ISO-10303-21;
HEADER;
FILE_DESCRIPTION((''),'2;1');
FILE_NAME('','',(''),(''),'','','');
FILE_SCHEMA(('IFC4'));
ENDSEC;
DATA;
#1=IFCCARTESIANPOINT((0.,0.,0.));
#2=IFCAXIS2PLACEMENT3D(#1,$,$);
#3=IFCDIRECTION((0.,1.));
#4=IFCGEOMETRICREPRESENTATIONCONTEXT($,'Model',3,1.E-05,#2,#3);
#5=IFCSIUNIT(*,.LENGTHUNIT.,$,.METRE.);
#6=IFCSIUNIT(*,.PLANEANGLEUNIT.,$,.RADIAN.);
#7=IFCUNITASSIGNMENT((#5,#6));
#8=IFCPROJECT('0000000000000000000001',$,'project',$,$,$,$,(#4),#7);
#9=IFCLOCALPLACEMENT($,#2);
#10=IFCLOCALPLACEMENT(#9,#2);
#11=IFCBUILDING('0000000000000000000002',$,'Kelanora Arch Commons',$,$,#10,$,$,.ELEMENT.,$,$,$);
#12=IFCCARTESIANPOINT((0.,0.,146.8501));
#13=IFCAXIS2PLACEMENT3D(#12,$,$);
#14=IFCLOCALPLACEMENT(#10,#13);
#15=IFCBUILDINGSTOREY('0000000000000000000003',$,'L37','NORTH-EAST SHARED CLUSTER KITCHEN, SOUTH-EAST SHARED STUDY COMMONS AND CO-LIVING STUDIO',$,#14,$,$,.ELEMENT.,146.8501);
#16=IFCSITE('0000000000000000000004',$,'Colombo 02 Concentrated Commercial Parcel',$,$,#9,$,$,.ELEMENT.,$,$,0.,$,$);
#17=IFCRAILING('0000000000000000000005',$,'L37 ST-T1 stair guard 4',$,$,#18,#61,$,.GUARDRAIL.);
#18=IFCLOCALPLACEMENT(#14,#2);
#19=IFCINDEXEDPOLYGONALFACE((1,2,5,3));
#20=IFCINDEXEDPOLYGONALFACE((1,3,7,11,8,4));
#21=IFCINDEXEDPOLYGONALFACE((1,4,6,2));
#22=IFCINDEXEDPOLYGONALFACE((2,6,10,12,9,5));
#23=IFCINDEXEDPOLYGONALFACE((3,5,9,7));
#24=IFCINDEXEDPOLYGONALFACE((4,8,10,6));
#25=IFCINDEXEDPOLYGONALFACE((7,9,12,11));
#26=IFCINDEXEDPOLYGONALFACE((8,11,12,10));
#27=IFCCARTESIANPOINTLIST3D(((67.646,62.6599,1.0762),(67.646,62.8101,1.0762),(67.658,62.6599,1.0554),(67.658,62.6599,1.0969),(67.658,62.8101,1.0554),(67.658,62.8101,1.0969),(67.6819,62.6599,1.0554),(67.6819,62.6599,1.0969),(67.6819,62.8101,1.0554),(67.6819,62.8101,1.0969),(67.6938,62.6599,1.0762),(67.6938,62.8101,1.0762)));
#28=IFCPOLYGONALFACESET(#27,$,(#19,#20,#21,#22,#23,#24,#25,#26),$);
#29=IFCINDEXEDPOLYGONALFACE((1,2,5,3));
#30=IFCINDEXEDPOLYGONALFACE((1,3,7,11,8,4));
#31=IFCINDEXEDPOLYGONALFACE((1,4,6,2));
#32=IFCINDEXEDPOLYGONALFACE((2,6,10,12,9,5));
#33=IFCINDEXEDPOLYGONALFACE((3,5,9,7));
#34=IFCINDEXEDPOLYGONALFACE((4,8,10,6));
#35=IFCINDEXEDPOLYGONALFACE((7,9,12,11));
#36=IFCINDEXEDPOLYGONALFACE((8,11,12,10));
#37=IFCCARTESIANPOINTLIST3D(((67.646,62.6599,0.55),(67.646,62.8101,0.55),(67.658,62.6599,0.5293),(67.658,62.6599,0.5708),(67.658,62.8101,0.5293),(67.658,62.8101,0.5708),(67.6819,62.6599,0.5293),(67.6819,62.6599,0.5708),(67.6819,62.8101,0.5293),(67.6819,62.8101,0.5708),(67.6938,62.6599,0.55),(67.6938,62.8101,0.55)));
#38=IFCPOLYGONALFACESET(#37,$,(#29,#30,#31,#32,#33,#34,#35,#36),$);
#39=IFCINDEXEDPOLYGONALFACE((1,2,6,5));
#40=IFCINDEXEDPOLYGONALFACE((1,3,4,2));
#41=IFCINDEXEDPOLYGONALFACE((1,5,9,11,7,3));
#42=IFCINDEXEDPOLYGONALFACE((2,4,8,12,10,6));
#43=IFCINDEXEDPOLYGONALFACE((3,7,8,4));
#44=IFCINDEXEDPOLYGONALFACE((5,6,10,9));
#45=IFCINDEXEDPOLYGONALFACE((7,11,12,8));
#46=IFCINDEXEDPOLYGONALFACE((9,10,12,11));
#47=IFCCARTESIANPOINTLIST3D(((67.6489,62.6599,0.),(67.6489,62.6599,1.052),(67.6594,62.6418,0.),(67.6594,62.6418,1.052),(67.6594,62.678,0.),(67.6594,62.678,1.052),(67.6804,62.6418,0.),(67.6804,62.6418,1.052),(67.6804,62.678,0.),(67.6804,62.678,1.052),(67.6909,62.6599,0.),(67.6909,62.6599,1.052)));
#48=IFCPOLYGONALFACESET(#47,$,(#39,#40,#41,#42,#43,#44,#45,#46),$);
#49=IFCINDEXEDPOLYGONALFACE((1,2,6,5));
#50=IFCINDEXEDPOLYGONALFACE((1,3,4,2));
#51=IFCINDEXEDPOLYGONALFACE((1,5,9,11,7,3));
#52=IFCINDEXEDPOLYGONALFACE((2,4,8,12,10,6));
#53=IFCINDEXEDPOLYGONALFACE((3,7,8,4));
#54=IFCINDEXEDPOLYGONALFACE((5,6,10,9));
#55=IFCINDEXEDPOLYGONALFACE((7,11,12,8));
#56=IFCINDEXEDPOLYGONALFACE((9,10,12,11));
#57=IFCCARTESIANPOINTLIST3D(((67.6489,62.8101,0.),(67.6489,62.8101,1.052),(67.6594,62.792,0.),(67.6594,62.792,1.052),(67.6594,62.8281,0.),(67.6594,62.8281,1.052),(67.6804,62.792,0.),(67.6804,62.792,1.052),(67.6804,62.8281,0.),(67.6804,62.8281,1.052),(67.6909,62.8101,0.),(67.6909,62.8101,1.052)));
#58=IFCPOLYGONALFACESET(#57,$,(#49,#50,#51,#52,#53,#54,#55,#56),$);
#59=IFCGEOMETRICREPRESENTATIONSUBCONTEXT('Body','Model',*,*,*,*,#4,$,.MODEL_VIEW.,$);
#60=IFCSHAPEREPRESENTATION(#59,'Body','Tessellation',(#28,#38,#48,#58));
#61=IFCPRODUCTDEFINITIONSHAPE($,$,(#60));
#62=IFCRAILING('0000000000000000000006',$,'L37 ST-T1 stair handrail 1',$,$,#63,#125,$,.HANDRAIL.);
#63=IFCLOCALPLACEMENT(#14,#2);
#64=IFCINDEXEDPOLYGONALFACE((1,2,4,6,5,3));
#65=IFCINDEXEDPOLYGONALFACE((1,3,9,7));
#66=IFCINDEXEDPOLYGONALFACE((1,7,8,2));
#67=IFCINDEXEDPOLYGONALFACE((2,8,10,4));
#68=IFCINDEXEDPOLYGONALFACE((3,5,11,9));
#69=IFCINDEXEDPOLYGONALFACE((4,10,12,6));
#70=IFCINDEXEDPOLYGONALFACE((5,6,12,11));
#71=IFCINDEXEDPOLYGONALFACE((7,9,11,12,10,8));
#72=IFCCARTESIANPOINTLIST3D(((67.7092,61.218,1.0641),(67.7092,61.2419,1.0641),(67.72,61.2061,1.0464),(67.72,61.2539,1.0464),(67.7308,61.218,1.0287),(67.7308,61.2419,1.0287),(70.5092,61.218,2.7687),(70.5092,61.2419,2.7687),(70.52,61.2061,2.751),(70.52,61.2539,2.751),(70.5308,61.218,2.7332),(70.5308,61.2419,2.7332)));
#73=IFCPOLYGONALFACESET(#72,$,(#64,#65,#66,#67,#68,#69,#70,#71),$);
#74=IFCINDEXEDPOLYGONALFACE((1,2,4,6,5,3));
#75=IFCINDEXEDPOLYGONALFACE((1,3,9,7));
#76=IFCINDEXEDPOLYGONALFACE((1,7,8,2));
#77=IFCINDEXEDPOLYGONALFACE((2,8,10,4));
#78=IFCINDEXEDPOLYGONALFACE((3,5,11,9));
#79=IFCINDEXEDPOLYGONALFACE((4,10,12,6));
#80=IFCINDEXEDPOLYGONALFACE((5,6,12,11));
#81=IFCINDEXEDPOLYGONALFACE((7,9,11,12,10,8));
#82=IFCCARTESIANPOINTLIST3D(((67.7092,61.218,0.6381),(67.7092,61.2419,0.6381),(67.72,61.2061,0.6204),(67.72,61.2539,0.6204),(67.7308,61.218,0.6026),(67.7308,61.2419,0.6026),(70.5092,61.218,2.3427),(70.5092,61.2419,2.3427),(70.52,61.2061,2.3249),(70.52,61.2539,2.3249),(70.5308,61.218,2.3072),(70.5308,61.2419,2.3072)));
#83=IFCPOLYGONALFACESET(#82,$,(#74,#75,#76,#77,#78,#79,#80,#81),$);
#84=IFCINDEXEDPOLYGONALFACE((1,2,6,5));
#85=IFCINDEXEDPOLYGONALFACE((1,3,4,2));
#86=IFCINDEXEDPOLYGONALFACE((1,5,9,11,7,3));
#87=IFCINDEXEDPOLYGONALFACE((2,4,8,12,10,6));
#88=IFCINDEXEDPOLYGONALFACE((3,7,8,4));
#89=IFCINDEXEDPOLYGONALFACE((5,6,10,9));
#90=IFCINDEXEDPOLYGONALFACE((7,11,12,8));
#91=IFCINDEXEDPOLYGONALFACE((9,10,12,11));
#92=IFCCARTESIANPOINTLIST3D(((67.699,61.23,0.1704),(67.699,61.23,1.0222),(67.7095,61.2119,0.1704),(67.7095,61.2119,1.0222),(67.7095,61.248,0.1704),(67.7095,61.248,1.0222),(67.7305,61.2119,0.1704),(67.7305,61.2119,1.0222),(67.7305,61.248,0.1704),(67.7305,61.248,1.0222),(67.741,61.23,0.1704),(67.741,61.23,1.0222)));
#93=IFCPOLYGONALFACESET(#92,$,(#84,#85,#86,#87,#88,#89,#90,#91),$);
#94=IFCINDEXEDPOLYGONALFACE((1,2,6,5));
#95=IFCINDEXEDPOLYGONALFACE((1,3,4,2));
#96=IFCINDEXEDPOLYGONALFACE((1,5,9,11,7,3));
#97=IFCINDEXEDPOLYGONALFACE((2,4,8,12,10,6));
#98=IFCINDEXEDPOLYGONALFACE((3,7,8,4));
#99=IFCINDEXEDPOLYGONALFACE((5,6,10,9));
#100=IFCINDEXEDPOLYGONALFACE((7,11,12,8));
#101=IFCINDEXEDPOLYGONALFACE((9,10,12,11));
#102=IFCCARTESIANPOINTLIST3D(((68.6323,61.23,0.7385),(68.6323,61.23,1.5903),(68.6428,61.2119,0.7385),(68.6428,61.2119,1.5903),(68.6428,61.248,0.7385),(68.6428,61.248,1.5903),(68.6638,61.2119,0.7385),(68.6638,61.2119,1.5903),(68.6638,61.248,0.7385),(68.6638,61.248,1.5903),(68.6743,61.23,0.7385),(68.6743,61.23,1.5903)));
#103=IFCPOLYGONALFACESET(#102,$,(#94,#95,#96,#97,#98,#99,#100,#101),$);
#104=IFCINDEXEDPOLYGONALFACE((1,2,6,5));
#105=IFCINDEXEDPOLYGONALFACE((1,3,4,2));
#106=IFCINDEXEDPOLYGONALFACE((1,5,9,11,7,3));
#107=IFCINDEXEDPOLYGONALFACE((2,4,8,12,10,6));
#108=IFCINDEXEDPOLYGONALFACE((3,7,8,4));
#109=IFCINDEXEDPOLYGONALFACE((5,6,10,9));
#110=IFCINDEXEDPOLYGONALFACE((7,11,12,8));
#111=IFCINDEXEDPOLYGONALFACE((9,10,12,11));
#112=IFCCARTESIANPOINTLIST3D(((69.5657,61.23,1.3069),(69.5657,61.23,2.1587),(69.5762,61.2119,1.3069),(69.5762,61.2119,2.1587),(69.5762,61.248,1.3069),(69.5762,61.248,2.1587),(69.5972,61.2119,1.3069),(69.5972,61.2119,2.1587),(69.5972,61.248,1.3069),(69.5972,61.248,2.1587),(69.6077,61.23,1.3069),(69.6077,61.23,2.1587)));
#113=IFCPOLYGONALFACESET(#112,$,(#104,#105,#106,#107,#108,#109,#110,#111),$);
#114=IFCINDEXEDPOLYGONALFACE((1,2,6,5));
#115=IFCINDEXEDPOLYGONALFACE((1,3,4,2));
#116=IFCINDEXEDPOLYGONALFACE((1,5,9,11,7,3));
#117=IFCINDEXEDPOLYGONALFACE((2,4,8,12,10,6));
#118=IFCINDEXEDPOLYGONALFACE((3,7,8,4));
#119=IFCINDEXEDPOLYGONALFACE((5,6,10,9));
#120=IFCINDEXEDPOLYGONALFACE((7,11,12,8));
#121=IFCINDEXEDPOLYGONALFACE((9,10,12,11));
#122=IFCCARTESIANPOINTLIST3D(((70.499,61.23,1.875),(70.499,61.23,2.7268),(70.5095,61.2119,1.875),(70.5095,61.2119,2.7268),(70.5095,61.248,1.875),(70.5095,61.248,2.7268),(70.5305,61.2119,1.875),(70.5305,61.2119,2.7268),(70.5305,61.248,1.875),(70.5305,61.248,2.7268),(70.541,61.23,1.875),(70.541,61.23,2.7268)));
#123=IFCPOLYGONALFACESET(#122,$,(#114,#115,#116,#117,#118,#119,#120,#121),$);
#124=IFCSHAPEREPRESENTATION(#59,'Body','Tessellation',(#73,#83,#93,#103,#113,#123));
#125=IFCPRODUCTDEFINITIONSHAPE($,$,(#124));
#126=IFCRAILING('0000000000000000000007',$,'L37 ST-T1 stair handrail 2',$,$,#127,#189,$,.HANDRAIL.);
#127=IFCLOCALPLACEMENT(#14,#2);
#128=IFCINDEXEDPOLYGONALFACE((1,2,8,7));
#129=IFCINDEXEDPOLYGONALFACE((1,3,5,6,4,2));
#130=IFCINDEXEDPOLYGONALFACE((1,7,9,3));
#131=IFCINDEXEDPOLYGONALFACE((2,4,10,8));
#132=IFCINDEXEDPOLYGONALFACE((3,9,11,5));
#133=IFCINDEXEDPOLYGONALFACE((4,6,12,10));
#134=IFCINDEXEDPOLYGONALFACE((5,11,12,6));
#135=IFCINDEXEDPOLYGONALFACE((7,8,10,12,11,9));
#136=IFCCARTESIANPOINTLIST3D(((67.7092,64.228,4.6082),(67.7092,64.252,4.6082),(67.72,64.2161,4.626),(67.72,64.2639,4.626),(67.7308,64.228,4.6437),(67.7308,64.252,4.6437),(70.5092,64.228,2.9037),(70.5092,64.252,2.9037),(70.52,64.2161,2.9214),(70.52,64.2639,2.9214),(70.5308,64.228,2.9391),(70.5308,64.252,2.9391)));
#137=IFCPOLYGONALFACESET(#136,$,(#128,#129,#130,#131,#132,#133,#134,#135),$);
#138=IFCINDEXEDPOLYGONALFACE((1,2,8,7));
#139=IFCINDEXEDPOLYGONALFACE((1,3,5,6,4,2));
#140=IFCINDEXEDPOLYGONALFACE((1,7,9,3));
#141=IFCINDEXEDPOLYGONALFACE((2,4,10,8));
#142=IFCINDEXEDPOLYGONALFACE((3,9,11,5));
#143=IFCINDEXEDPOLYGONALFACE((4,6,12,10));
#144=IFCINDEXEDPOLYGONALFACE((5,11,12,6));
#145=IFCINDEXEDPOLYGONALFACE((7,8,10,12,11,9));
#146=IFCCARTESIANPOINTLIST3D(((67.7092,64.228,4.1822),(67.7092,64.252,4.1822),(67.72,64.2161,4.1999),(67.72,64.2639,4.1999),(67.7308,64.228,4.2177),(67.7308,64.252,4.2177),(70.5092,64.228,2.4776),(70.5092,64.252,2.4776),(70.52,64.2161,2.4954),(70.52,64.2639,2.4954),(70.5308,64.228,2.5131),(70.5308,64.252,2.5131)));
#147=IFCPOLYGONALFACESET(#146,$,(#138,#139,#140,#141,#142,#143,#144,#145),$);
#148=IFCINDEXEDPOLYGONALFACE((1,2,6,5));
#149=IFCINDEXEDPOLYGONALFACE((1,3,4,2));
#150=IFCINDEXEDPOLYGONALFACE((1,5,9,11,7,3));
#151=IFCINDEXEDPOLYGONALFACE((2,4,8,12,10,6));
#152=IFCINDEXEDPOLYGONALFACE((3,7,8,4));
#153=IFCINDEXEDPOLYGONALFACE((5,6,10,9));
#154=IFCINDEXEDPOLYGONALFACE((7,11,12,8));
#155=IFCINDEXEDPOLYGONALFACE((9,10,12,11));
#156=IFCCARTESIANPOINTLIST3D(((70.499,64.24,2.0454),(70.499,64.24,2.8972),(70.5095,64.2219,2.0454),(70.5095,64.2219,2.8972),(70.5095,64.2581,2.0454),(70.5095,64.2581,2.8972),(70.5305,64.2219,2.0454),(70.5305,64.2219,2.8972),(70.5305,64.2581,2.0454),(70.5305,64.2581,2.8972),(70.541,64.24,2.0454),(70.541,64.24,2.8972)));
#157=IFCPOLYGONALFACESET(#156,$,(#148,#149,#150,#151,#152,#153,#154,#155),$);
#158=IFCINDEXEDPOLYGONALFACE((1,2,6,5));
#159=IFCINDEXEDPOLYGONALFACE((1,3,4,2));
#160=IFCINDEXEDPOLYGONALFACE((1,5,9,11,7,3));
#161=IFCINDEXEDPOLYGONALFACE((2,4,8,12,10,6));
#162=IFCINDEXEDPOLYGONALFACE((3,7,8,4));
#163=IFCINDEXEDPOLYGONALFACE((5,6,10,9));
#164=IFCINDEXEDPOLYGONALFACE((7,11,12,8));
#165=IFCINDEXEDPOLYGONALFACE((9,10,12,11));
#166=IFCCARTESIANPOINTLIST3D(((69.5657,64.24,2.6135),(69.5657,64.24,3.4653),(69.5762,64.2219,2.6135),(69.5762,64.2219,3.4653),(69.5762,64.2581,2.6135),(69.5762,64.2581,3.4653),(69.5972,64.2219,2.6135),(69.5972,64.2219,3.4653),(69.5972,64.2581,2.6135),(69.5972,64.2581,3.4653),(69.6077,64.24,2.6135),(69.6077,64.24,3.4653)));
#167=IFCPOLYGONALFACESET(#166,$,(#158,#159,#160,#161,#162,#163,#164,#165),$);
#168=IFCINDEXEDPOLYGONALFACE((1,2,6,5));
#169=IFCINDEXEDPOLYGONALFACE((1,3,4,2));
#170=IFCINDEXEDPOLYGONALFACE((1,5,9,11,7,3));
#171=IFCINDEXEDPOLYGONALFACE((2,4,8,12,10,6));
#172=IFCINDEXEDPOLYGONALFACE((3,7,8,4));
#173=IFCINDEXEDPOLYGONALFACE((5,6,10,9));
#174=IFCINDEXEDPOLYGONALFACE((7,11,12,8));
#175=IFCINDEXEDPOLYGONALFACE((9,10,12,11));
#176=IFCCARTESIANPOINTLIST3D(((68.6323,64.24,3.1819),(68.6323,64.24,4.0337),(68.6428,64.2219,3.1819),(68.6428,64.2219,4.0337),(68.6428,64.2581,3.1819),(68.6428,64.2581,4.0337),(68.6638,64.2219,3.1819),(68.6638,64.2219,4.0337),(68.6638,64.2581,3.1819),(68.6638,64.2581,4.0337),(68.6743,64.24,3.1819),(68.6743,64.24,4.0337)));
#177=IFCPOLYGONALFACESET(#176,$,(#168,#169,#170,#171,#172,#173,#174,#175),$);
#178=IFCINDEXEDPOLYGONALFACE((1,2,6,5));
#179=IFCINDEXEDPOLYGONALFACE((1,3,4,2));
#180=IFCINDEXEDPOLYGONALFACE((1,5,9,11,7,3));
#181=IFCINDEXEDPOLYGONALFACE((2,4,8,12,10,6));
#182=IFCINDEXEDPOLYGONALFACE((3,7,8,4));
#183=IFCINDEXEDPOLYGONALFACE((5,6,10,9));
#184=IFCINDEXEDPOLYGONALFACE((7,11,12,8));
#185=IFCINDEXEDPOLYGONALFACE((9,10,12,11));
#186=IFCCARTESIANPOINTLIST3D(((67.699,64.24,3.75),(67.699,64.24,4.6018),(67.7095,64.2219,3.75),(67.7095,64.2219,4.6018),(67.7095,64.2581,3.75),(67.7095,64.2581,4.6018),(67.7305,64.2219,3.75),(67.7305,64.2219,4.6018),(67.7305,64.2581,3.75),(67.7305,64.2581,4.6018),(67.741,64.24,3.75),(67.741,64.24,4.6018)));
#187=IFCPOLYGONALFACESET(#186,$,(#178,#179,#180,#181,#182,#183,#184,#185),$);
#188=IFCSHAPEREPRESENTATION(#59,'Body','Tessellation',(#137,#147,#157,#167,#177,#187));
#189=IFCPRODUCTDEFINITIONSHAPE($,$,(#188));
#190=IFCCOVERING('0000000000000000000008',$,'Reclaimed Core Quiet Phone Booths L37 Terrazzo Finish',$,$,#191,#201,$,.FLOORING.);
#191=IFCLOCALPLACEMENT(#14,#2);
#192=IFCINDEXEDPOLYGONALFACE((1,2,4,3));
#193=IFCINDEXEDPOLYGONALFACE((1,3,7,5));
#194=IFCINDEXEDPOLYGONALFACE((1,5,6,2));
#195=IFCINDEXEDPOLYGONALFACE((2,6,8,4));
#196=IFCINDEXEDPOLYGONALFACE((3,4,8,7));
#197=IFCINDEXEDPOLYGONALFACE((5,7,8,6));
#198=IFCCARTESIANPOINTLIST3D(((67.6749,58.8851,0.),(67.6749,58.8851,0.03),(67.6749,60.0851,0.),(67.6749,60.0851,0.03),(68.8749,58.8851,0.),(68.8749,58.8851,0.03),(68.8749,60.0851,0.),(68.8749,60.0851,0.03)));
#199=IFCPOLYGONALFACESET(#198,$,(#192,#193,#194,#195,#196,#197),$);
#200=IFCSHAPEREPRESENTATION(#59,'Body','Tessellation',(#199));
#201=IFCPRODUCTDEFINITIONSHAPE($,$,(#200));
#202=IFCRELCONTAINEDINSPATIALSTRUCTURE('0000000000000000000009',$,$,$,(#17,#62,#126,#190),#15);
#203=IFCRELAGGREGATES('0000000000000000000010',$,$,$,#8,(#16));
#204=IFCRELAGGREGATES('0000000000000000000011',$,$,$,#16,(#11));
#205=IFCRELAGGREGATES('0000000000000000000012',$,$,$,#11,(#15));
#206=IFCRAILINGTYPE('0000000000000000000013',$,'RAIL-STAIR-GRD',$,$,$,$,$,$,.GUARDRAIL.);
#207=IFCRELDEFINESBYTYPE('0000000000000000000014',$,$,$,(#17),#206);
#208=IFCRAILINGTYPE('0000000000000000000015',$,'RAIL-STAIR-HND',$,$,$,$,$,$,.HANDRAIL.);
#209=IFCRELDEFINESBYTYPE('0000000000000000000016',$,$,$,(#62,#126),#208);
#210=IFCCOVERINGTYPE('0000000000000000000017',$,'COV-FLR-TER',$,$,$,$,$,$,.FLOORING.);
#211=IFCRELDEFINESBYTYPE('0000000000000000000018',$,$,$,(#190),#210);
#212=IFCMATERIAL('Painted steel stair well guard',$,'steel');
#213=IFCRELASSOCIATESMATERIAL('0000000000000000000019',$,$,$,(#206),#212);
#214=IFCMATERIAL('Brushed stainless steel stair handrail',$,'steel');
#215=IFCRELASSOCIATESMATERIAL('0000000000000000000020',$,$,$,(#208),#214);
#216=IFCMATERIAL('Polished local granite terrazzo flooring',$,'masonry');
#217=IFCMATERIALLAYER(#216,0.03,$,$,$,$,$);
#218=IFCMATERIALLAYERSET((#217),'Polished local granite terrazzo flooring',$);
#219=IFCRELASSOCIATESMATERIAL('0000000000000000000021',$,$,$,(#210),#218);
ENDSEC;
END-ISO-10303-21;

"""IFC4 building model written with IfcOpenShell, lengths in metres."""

from ifc_helpers import new_model, si_unit, direction, frame, origin, origin_2d, place, context, subcontext, project, spatial, polyline, rectangle, outline, extrude, source, transform, mapped, material, layer, layer_set, type_object, element, save


model = new_model("IFC4")

# Units and contexts
model_context = context("Model", 3, precision=1e-05, world=origin(), true_north=direction((0.0, 1.0)))
body_context = subcontext(model_context, "Body", "Model", "MODEL_VIEW")
ifc_project = project(units=[si_unit("LENGTHUNIT", "METRE"), si_unit("PLANEANGLEUNIT", "RADIAN")], contexts=[model_context])

# Site, building, storey
site_placement = place(None, origin())
site = spatial("IfcSite", under=ifc_project, at=site_placement, Name="Colombo 02 Concentrated Commercial Parcel", CompositionType="ELEMENT", RefElevation=0.0)
building_placement = place(site_placement, origin())
building = spatial("IfcBuilding", under=site, at=building_placement, Name="Kelanora Arch Commons", CompositionType="ELEMENT")
storey_placement = place(building_placement, frame((0.0, 0.0, 146.8501)))
storey = spatial("IfcBuildingStorey", under=building, at=storey_placement, Name="L37", Description="NORTH-EAST SHARED CLUSTER KITCHEN, SOUTH-EAST SHARED STUDY COMMONS AND CO-LIVING STUDIO", CompositionType="ELEMENT", Elevation=146.8501)

# Railings
ifc_material_1 = material(Name="Painted steel stair well guard", Category="steel")
railing_type_1 = type_object("IfcRailingType", Name="RAIL-STAIR-GRD", PredefinedType="GUARDRAIL", material=ifc_material_1)
railing_1_placement = place(storey_placement, frame((67.6699, 62.6599, 0.0)))
element("IfcRailing", 1, at=railing_1_placement, inside=storey, type_object=railing_type_1, Name="L37 ST-T1 stair guard 4", PredefinedType="GUARDRAIL", context=body_context, shape_type="SweptSolid", body=[
    extrude(outline(polyline([(0.0239, 0.0), (0.012, 0.0208), (-0.012, 0.0208), (-0.0239, 0.0), (-0.012, -0.0208), (0.012, -0.0208), (0.0239, 0.0)])), frame((0.0, 0.0, 1.0762), z_axis=(0.0, 1.0, 0.0), x_axis=(-1.0, 0.0, 0.0)), (0.0, 0.0, 1.0), 0.1501),
    extrude(outline(polyline([(0.0239, 0.0), (0.012, 0.0208), (-0.012, 0.0208), (-0.0239, 0.0), (-0.012, -0.0208), (0.012, -0.0208), (0.0239, 0.0)])), frame((0.0, 0.0, 0.55), z_axis=(0.0, 1.0, 0.0), x_axis=(-1.0, 0.0, 0.0)), (0.0, 0.0, 1.0), 0.1501),
    extrude(outline(polyline([(0.021, 0.0), (0.0105, 0.0181), (-0.0105, 0.0181), (-0.021, 0.0), (-0.0105, -0.0181), (0.0105, -0.0181), (0.021, 0.0)])), origin(), (0.0, 0.0, 1.0), 1.052),
    extrude(outline(polyline([(0.021, 0.0), (0.0105, 0.0181), (-0.0105, 0.0181), (-0.021, 0.0), (-0.0105, -0.0181), (0.0105, -0.0181), (0.021, 0.0)])), frame((0.0, 0.1501, 0.0)), (0.0, 0.0, 1.0), 1.052),
])
ifc_material_2 = material(Name="Brushed stainless steel stair handrail", Category="steel")
railing_type_2 = type_object("IfcRailingType", Name="RAIL-STAIR-HND", PredefinedType="HANDRAIL", material=ifc_material_2)
railing_2_placement = place(storey_placement, frame((67.72, 61.23, 0.1704)))
element("IfcRailing", 2, at=railing_2_placement, inside=storey, type_object=railing_type_2, Name="L37 ST-T1 stair handrail 1", PredefinedType="HANDRAIL", context=body_context, shape_type="SweptSolid", body=[
    extrude(outline(polyline([(0.0239, 0.0), (0.012, 0.0208), (-0.012, 0.0208), (-0.0239, 0.0), (-0.012, -0.0208), (0.012, -0.0208), (0.0239, 0.0)])), frame((0.0, 0.0, 0.876), z_axis=(0.85417, 0.0, 0.519994), x_axis=(0.0, 1.0, 0.0)), (0.0, 0.0, 1.0), 3.2781),
    extrude(outline(polyline([(0.0239, 0.0), (0.012, 0.0208), (-0.012, 0.0208), (-0.0239, 0.0), (-0.012, -0.0208), (0.012, -0.0208), (0.0239, 0.0)])), frame((0.0, 0.0, 0.45), z_axis=(0.85417, 0.0, 0.519994), x_axis=(0.0, 1.0, 0.0)), (0.0, 0.0, 1.0), 3.2781),
    extrude(outline(polyline([(0.021, 0.0), (0.0105, 0.0181), (-0.0105, 0.0181), (-0.021, 0.0), (-0.0105, -0.0181), (0.0105, -0.0181), (0.021, 0.0)])), origin(), (0.0, 0.0, 1.0), 0.8518),
    extrude(outline(polyline([(0.021, 0.0), (0.0105, 0.0181), (-0.0105, 0.0181), (-0.021, 0.0), (-0.0105, -0.0181), (0.0105, -0.0181), (0.021, 0.0)])), frame((0.9333, 0.0, 0.5681)), (0.0, 0.0, 1.0), 0.8518),
    extrude(outline(polyline([(0.021, 0.0), (0.0105, 0.0181), (-0.0105, 0.0181), (-0.021, 0.0), (-0.0105, -0.0181), (0.0105, -0.0181), (0.021, 0.0)])), frame((1.8667, 0.0, 1.1365)), (0.0, 0.0, 1.0), 0.8518),
    extrude(outline(polyline([(0.021, 0.0), (0.0105, 0.0181), (-0.0105, 0.0181), (-0.021, 0.0), (-0.0105, -0.0181), (0.0105, -0.0181), (0.021, 0.0)])), frame((2.8, 0.0, 1.7046)), (0.0, 0.0, 1.0), 0.8518),
])
railing_3_placement = place(storey_placement, frame((70.52, 64.24, 2.0454)))
element("IfcRailing", 3, at=railing_3_placement, inside=storey, type_object=railing_type_2, Name="L37 ST-T1 stair handrail 2", PredefinedType="HANDRAIL", context=body_context, shape_type="SweptSolid", body=[
    extrude(outline(polyline([(0.0239, 0.0), (0.012, 0.0208), (-0.012, 0.0208), (-0.0239, 0.0), (-0.012, -0.0208), (0.012, -0.0208), (0.0239, 0.0)])), frame((0.0, 0.0, 0.876), z_axis=(-0.85417, 0.0, 0.519994), x_axis=(0.0, -1.0, 0.0)), (0.0, 0.0, 1.0), 3.2781),
    extrude(outline(polyline([(0.0239, 0.0), (0.012, 0.0208), (-0.012, 0.0208), (-0.0239, 0.0), (-0.012, -0.0208), (0.012, -0.0208), (0.0239, 0.0)])), frame((0.0, 0.0, 0.45), z_axis=(-0.85417, 0.0, 0.519994), x_axis=(0.0, -1.0, 0.0)), (0.0, 0.0, 1.0), 3.2781),
    extrude(outline(polyline([(0.021, 0.0), (0.0105, 0.0181), (-0.0105, 0.0181), (-0.021, 0.0), (-0.0105, -0.0181), (0.0105, -0.0181), (0.021, 0.0)])), origin(), (0.0, 0.0, 1.0), 0.8518),
    extrude(outline(polyline([(0.021, 0.0), (0.0105, 0.0181), (-0.0105, 0.0181), (-0.021, 0.0), (-0.0105, -0.0181), (0.0105, -0.0181), (0.021, 0.0)])), frame((-0.9333, 0.0, 0.5681)), (0.0, 0.0, 1.0), 0.8518),
    extrude(outline(polyline([(0.021, 0.0), (0.0105, 0.0181), (-0.0105, 0.0181), (-0.021, 0.0), (-0.0105, -0.0181), (0.0105, -0.0181), (0.021, 0.0)])), frame((-1.8667, 0.0, 1.1365)), (0.0, 0.0, 1.0), 0.8518),
    extrude(outline(polyline([(0.021, 0.0), (0.0105, 0.0181), (-0.0105, 0.0181), (-0.021, 0.0), (-0.0105, -0.0181), (0.0105, -0.0181), (0.021, 0.0)])), frame((-2.8, 0.0, 1.7046)), (0.0, 0.0, 1.0), 0.8518),
])

# Covering
ifc_material_3 = material(Name="Polished local granite terrazzo flooring", Category="masonry")
ifc_layer_1 = layer(ifc_material_3, 0.03)
ifc_layer_set_1 = layer_set([ifc_layer_1], Name="Polished local granite terrazzo flooring")
covering_type = type_object("IfcCoveringType", Name="COV-FLR-TER", PredefinedType="FLOORING", material=ifc_layer_set_1)
shared_shape = source(origin(), body_context, "Body", "SweptSolid", [
    extrude(rectangle(XDim=1.2, YDim=1.2, at=origin_2d()), origin(), (0.0, 0.0, 1.0), 0.03),
])
covering_placement = place(storey_placement, frame((68.2749, 59.4851, 0.0), z_axis=(0.0, 0.0, 1.0), x_axis=(1.0, 0.0, 0.0)))
element("IfcCovering", 4, at=covering_placement, inside=storey, type_object=covering_type, Name="Reclaimed Core Quiet Phone Booths L37 Terrazzo Finish", PredefinedType="FLOORING", context=body_context, shape_type="MappedRepresentation", body=[
    mapped(shared_shape, transform((0.0, 0.0, 0.0), scale=1.0)),
])

save(model, "model.ifc")
